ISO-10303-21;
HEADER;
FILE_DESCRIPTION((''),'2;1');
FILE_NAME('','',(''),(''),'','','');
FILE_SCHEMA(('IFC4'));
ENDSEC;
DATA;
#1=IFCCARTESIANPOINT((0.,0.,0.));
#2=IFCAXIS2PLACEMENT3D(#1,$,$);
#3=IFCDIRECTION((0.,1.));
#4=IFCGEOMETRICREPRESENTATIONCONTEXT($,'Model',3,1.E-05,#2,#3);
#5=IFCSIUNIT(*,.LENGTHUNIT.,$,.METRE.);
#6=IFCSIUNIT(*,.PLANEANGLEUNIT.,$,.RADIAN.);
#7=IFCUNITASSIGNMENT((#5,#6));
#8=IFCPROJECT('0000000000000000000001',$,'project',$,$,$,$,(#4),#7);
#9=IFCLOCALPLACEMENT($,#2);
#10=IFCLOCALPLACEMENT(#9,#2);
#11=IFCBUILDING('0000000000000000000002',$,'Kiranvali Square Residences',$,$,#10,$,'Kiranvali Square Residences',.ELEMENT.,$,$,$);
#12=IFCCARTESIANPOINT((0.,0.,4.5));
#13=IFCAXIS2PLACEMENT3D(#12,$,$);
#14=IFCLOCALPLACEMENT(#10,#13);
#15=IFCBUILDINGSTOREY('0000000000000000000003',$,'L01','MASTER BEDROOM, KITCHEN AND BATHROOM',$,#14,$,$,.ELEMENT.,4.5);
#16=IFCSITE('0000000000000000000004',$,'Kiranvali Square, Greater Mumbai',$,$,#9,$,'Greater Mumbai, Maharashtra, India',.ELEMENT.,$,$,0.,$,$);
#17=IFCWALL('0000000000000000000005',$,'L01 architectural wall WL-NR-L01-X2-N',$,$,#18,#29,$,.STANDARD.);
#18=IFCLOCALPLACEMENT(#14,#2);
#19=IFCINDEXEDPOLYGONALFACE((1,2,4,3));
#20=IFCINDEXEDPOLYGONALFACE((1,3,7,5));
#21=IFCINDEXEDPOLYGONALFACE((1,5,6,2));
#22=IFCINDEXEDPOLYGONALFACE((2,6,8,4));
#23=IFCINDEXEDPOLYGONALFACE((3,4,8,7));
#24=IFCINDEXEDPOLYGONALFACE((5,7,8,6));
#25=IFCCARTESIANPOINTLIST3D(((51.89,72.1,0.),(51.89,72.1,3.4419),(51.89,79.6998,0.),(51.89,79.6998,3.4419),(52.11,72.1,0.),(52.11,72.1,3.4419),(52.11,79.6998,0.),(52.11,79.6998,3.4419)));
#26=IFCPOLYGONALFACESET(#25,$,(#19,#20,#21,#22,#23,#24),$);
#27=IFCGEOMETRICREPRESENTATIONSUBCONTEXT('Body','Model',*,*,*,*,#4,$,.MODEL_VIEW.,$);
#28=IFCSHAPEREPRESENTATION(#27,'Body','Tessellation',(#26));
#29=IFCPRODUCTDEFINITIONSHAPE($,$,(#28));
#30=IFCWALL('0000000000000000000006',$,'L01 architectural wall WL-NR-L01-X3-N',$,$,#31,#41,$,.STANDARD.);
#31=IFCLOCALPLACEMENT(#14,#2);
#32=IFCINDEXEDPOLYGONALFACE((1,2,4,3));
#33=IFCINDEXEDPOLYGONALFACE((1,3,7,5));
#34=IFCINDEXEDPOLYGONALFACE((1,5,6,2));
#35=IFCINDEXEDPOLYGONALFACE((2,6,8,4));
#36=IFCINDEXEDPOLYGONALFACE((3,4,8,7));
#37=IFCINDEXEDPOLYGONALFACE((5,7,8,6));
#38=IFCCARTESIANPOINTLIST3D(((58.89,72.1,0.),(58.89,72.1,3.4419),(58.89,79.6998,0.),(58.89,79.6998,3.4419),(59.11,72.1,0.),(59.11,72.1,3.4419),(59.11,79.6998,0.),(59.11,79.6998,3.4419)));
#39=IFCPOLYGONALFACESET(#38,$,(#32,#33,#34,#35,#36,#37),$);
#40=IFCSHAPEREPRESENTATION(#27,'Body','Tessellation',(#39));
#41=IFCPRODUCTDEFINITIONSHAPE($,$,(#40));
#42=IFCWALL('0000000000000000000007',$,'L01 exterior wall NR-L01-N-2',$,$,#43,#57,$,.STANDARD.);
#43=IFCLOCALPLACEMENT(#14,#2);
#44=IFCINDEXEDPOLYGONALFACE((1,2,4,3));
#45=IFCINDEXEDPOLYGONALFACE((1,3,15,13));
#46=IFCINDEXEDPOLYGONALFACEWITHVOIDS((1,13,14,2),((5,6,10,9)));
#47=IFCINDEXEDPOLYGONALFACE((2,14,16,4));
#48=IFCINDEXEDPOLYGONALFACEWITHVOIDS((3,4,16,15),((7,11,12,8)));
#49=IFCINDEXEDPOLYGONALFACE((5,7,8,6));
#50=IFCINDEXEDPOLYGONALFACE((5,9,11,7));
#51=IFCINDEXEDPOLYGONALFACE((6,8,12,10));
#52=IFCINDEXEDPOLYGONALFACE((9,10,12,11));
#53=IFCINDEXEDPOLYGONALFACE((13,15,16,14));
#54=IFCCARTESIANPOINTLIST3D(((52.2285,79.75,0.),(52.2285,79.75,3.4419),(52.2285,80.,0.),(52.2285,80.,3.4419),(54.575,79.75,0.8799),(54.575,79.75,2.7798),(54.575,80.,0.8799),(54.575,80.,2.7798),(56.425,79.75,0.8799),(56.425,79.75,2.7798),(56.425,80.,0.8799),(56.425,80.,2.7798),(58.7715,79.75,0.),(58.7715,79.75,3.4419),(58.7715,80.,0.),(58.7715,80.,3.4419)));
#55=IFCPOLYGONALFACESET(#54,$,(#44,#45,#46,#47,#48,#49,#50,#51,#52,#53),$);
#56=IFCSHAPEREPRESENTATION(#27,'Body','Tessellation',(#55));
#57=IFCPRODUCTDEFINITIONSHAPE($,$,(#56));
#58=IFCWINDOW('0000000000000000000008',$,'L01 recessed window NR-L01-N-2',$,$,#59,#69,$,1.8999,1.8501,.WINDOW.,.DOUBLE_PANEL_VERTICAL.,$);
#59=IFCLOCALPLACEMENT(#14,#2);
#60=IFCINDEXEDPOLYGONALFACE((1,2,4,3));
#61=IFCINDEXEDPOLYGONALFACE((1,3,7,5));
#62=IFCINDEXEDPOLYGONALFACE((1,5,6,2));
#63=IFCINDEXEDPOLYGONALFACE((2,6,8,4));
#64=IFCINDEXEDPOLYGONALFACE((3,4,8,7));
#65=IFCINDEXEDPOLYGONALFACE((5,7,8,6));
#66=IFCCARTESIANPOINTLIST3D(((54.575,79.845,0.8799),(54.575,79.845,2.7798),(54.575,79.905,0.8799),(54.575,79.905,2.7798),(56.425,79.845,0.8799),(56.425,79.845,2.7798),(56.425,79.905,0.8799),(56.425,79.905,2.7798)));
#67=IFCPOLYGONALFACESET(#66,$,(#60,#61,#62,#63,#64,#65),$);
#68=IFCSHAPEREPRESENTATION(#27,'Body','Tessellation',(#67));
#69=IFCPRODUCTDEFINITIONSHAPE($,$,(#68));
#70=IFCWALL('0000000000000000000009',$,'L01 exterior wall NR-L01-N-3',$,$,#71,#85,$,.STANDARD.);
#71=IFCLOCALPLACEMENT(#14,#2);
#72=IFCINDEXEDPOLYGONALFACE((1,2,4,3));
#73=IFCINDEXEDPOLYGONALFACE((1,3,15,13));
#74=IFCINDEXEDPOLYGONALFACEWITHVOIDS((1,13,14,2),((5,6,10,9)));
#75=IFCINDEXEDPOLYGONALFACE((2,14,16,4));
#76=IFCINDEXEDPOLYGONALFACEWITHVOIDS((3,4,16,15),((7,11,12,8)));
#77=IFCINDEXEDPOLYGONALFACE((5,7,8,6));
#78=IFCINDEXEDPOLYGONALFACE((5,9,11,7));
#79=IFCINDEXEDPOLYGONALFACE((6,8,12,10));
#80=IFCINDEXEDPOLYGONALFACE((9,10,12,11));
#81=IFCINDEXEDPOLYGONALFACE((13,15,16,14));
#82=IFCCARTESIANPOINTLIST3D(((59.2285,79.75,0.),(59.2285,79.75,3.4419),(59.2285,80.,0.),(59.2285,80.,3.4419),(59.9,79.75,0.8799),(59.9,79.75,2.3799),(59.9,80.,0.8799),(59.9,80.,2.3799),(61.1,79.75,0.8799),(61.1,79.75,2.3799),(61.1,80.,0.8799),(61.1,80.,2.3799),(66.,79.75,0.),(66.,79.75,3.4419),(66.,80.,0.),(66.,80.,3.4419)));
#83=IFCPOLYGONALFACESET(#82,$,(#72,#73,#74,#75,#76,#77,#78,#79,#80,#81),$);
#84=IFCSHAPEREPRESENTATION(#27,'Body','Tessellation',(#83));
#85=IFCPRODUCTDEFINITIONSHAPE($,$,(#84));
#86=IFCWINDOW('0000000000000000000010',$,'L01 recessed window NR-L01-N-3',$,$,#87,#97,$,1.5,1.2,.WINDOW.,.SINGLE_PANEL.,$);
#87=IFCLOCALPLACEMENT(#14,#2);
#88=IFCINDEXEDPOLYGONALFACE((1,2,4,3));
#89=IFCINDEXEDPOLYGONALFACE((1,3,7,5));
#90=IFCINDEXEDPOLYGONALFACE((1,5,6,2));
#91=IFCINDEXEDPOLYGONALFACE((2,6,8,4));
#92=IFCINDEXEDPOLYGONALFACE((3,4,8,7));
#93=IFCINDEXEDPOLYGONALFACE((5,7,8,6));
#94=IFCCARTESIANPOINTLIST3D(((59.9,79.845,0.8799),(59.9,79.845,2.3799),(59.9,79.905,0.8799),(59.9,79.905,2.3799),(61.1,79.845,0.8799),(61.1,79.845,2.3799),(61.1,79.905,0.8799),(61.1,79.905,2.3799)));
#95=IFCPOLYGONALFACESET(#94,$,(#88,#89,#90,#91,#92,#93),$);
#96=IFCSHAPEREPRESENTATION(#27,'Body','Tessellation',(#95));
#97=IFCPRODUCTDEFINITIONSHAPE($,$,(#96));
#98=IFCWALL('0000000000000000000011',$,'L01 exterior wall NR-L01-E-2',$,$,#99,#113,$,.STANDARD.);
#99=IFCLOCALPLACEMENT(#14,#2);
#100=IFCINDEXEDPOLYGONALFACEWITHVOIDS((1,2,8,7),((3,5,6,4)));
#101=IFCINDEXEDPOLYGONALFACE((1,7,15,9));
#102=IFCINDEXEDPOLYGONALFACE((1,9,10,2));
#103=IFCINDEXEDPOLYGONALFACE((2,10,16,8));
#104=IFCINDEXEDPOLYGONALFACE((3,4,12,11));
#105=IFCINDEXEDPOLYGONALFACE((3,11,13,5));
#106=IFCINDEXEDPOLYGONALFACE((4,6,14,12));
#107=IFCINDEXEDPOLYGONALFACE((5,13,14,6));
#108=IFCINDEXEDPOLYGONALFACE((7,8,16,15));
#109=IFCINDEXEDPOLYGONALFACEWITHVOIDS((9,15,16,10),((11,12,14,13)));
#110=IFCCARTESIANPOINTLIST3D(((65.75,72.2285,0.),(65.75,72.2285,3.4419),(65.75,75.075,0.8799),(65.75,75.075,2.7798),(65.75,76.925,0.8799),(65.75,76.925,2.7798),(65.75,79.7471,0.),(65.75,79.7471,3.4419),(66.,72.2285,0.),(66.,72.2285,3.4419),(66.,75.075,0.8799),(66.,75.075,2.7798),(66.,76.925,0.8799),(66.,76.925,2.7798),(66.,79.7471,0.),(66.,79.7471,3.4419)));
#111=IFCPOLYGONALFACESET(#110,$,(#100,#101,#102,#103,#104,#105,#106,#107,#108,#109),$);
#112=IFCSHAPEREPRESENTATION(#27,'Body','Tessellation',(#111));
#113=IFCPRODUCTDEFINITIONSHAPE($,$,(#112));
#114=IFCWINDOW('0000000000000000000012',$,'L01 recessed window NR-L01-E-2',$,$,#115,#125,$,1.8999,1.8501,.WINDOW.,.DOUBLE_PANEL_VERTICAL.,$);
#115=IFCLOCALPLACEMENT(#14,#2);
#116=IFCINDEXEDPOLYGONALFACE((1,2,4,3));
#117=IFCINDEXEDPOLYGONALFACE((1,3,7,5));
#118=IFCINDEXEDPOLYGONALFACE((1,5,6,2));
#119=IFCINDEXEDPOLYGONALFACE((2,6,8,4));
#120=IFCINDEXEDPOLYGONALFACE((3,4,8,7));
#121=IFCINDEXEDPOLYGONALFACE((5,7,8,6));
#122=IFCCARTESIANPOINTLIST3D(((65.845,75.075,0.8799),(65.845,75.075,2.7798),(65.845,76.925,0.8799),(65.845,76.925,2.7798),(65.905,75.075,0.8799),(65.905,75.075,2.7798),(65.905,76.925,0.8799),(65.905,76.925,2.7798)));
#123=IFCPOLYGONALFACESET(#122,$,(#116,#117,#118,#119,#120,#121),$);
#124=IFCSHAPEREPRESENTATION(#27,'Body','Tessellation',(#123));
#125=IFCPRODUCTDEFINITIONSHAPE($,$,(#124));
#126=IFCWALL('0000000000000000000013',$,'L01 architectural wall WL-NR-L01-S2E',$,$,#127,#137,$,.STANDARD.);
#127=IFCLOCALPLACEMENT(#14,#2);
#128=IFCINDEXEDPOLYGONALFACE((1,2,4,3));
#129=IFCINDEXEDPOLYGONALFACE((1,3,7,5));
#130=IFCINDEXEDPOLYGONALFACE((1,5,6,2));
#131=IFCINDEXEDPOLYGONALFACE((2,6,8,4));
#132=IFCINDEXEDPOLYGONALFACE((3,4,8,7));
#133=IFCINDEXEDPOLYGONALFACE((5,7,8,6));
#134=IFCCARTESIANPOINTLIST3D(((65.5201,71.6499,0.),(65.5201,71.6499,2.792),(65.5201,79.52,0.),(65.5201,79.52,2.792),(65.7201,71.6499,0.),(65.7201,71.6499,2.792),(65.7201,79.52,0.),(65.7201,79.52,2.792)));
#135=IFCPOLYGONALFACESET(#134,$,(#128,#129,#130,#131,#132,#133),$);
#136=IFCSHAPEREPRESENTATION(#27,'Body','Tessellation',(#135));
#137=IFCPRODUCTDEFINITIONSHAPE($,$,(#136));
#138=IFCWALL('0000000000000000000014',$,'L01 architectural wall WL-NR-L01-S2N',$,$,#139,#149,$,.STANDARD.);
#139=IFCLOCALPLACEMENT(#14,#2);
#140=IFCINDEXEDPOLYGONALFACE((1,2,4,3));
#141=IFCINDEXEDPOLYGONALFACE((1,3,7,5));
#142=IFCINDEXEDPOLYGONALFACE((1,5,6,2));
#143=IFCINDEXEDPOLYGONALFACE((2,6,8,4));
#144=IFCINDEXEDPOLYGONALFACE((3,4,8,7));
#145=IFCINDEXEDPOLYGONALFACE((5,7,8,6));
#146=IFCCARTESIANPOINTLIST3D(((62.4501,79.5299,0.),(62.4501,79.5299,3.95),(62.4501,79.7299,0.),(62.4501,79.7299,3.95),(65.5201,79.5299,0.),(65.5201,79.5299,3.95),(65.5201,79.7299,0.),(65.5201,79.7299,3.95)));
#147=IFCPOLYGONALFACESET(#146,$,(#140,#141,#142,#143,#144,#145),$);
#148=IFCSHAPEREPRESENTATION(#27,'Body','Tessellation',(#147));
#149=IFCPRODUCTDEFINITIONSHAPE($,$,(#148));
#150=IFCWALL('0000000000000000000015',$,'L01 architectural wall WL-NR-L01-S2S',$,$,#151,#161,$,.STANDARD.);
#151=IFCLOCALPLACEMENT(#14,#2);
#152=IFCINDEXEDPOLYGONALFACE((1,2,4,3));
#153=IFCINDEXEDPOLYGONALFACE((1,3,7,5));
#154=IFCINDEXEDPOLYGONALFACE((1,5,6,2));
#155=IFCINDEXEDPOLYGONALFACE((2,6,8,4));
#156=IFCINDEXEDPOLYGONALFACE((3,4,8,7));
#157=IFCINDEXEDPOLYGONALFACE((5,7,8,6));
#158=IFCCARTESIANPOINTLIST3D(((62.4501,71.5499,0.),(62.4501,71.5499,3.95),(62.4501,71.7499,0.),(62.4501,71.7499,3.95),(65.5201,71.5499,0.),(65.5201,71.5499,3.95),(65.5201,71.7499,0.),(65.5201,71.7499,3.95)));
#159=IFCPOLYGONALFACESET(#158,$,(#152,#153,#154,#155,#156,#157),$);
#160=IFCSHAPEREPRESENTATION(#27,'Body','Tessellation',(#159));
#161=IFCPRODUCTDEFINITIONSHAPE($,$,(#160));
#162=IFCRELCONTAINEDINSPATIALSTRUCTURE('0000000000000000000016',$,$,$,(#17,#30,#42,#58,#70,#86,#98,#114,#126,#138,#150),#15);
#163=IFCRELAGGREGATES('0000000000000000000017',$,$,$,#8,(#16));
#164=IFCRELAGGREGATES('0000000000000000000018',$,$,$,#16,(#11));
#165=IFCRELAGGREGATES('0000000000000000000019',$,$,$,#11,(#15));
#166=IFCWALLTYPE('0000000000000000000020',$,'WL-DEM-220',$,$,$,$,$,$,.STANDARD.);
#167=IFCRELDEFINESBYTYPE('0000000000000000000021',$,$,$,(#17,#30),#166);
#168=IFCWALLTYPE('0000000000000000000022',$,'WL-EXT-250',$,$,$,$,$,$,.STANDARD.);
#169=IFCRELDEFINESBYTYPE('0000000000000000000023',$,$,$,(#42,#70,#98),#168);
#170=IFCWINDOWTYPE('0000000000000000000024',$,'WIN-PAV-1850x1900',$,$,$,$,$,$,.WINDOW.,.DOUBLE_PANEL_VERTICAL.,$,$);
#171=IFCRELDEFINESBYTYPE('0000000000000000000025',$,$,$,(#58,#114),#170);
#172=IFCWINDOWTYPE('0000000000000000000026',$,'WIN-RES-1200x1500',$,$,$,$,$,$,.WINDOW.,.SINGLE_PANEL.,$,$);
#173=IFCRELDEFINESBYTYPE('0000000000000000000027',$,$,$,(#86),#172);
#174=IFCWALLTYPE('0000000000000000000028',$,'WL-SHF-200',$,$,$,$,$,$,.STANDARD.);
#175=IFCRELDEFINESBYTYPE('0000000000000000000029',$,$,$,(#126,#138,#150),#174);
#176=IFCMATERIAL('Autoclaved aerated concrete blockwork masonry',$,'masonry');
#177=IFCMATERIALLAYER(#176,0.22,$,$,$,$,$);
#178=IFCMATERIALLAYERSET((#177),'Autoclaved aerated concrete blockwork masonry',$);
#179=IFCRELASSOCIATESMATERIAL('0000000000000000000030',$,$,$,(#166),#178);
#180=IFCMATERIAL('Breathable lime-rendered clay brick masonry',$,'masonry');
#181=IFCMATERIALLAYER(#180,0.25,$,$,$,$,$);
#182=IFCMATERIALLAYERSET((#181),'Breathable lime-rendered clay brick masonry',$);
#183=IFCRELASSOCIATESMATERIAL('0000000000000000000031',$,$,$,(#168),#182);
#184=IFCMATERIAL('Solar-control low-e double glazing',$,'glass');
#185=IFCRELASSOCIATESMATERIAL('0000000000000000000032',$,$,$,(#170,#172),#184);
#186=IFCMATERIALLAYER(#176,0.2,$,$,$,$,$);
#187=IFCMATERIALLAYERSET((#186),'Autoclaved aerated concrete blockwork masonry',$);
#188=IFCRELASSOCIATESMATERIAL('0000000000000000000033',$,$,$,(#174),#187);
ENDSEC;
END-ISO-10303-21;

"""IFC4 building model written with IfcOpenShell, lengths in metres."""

from ifc_helpers import new_model, si_unit, direction, frame, frame_2d, origin, place, context, subcontext, project, spatial, rectangle, extrude, material, layer, layer_set, type_object, element, fill, save


model = new_model("IFC4")

# Units and contexts
model_context = context("Model", 3, precision=1e-05, world=origin(), true_north=direction((0.0, 1.0)))
body_context = subcontext(model_context, "Body", "Model", "MODEL_VIEW")
ifc_project = project(units=[si_unit("LENGTHUNIT", "METRE"), si_unit("PLANEANGLEUNIT", "RADIAN")], contexts=[model_context])

# Site, building, storey
site_placement = place(None, origin())
site = spatial("IfcSite", under=ifc_project, at=site_placement, Name="Kiranvali Square, Greater Mumbai", LongName="Greater Mumbai, Maharashtra, India", CompositionType="ELEMENT", RefElevation=0.0)
building_placement = place(site_placement, origin())
building = spatial("IfcBuilding", under=site, at=building_placement, Name="Kiranvali Square Residences", LongName="Kiranvali Square Residences", CompositionType="ELEMENT")
storey_placement = place(building_placement, frame((0.0, 0.0, 4.5)))
storey = spatial("IfcBuildingStorey", under=building, at=storey_placement, Name="L01", Description="MASTER BEDROOM, KITCHEN AND BATHROOM", CompositionType="ELEMENT", Elevation=4.5)

# Shared definitions
ifc_material_1 = material(Name="Autoclaved aerated concrete blockwork masonry", Category="masonry")

# Walls
ifc_layer_1 = layer(ifc_material_1, 0.22)
ifc_layer_set_1 = layer_set([ifc_layer_1], Name="Autoclaved aerated concrete blockwork masonry")
wall_type_1 = type_object("IfcWallType", Name="WL-DEM-220", PredefinedType="STANDARD", material=ifc_layer_set_1)
for number, where, z_axis, x_axis, name in (
    (1, (52.0, 72.1001, 0.0), (0.0, 0.0, 1.0), (0.0, 1.0, 0.0), "L01 architectural wall WL-NR-L01-X2-N"),
    (2, (59.0, 72.1001, 0.0), (0.0, 0.0, 1.0), (0.0, 1.0, 0.0), "L01 architectural wall WL-NR-L01-X3-N"),
):
    element("IfcWall", number, at=place(storey_placement, frame(where, z_axis=z_axis, x_axis=x_axis)), inside=storey, type_object=wall_type_1, Name=name, PredefinedType="STANDARD", context=body_context, shape_type="SweptSolid", body=[
        extrude(rectangle(XDim=7.5999, YDim=0.22, at=frame_2d((3.7998, 0.0))), origin(), (0.0, 0.0, 1.0), 3.4419),
    ])

# Walls, openings, windows
ifc_material_2 = material(Name="Breathable lime-rendered clay brick masonry", Category="masonry")
ifc_layer_2 = layer(ifc_material_2, 0.25)
ifc_layer_set_2 = layer_set([ifc_layer_2], Name="Breathable lime-rendered clay brick masonry")
wall_type_2 = type_object("IfcWallType", Name="WL-EXT-250", PredefinedType="STANDARD", material=ifc_layer_set_2)
wall_1_placement = place(storey_placement, frame((52.2285, 79.875, 0.0), z_axis=(0.0, 0.0, 1.0), x_axis=(1.0, 0.0, 0.0)))
wall_1 = element("IfcWall", 3, at=wall_1_placement, inside=storey, type_object=wall_type_2, Name="L01 exterior wall NR-L01-N-2", PredefinedType="STANDARD", context=body_context, shape_type="SweptSolid", body=[
    extrude(rectangle(XDim=6.543, YDim=0.25, at=frame_2d((3.2715, 0.0))), origin(), (0.0, 0.0, 1.0), 3.4419),
])
opening_1_placement = place(wall_1_placement, frame((2.3464, 0.0, 0.8799)))
opening_1 = element("IfcOpeningElement", 4, at=opening_1_placement, cuts=wall_1, PredefinedType="OPENING", context=body_context, shape_type="SweptSolid", body=[
    extrude(rectangle(XDim=1.8501, YDim=1.8999, at=frame_2d((0.925, 0.95))), frame((0.0, 0.135, 0.0), z_axis=(0.0, -1.0, 0.0), x_axis=(1.0, 0.0, 0.0)), (0.0, 0.0, 1.0), 0.27),
])
ifc_material_3 = material(Name="Solar-control low-e double glazing", Category="glass")
window_type_1 = type_object("IfcWindowType", Name="WIN-PAV-1850x1900", PartitioningType="DOUBLE_PANEL_VERTICAL", PredefinedType="WINDOW", material=ifc_material_3)
window_1_placement = place(opening_1_placement, origin())
window_1 = element("IfcWindow", 5, at=window_1_placement, inside=storey, type_object=window_type_1, Name="L01 recessed window NR-L01-N-2", OverallHeight=1.8999, OverallWidth=1.8501, PartitioningType="DOUBLE_PANEL_VERTICAL", PredefinedType="WINDOW", context=body_context, shape_type="SweptSolid", body=[
    extrude(rectangle(XDim=1.8501, YDim=1.8999, at=frame_2d((0.925, 0.95))), frame((0.0, 0.03, 0.0), z_axis=(0.0, -1.0, 0.0), x_axis=(1.0, 0.0, 0.0)), (0.0, 0.0, 1.0), 0.0601),
])
fill(opening_1, window_1)
wall_2_placement = place(storey_placement, frame((59.2285, 79.875, 0.0), z_axis=(0.0, 0.0, 1.0), x_axis=(1.0, 0.0, 0.0)))
wall_2 = element("IfcWall", 6, at=wall_2_placement, inside=storey, type_object=wall_type_2, Name="L01 exterior wall NR-L01-N-3", PredefinedType="STANDARD", context=body_context, shape_type="SweptSolid", body=[
    extrude(rectangle(XDim=6.7715, YDim=0.25, at=frame_2d((3.3857, 0.0))), origin(), (0.0, 0.0, 1.0), 3.4419),
])
opening_2_placement = place(wall_2_placement, frame((0.6714, 0.0, 0.8799)))
opening_2 = element("IfcOpeningElement", 7, at=opening_2_placement, cuts=wall_2, PredefinedType="OPENING", context=body_context, shape_type="SweptSolid", body=[
    extrude(rectangle(XDim=1.2, YDim=1.5, at=frame_2d((0.6001, 0.75))), frame((0.0, 0.135, 0.0), z_axis=(0.0, -1.0, 0.0), x_axis=(1.0, 0.0, 0.0)), (0.0, 0.0, 1.0), 0.27),
])
window_type_2 = type_object("IfcWindowType", Name="WIN-RES-1200x1500", PartitioningType="SINGLE_PANEL", PredefinedType="WINDOW", material=ifc_material_3)
window_2_placement = place(opening_2_placement, origin())
window_2 = element("IfcWindow", 8, at=window_2_placement, inside=storey, type_object=window_type_2, Name="L01 recessed window NR-L01-N-3", OverallHeight=1.5, OverallWidth=1.2, PartitioningType="SINGLE_PANEL", PredefinedType="WINDOW", context=body_context, shape_type="SweptSolid", body=[
    extrude(rectangle(XDim=1.2, YDim=1.5, at=frame_2d((0.6001, 0.75))), frame((0.0, 0.03, 0.0), z_axis=(0.0, -1.0, 0.0), x_axis=(1.0, 0.0, 0.0)), (0.0, 0.0, 1.0), 0.0601),
])
fill(opening_2, window_2)
wall_3_placement = place(storey_placement, frame((65.875, 72.2285, 0.0), z_axis=(0.0, 0.0, 1.0), x_axis=(0.0, 1.0, 0.0)))
wall_3 = element("IfcWall", 9, at=wall_3_placement, inside=storey, type_object=wall_type_2, Name="L01 exterior wall NR-L01-E-2", PredefinedType="STANDARD", context=body_context, shape_type="SweptSolid", body=[
    extrude(rectangle(XDim=7.5186, YDim=0.25, at=frame_2d((3.7593, 0.0))), origin(), (0.0, 0.0, 1.0), 3.4419),
])
opening_3_placement = place(wall_3_placement, frame((2.8464, 0.0, 0.8799)))
opening_3 = element("IfcOpeningElement", 10, at=opening_3_placement, cuts=wall_3, PredefinedType="OPENING", context=body_context, shape_type="SweptSolid", body=[
    extrude(rectangle(XDim=1.8501, YDim=1.8999, at=frame_2d((0.925, 0.95))), frame((0.0, 0.135, 0.0), z_axis=(0.0, -1.0, 0.0), x_axis=(1.0, 0.0, 0.0)), (0.0, 0.0, 1.0), 0.27),
])
window_3_placement = place(opening_3_placement, origin())
window_3 = element("IfcWindow", 11, at=window_3_placement, inside=storey, type_object=window_type_1, Name="L01 recessed window NR-L01-E-2", OverallHeight=1.8999, OverallWidth=1.8501, PartitioningType="DOUBLE_PANEL_VERTICAL", PredefinedType="WINDOW", context=body_context, shape_type="SweptSolid", body=[
    extrude(rectangle(XDim=1.8501, YDim=1.8999, at=frame_2d((0.925, 0.95))), frame((0.0, 0.03, 0.0), z_axis=(0.0, -1.0, 0.0), x_axis=(1.0, 0.0, 0.0)), (0.0, 0.0, 1.0), 0.0601),
])
fill(opening_3, window_3)

# Walls
ifc_layer_3 = layer(ifc_material_1, 0.2)
ifc_layer_set_3 = layer_set([ifc_layer_3], Name="Autoclaved aerated concrete blockwork masonry")
wall_type_3 = type_object("IfcWallType", Name="WL-SHF-200", PredefinedType="STANDARD", material=ifc_layer_set_3)
wall_4_placement = place(storey_placement, frame((65.6201, 71.6499, 0.0), z_axis=(0.0, 0.0, 1.0), x_axis=(0.0, 1.0, 0.0)))
element("IfcWall", 12, at=wall_4_placement, inside=storey, type_object=wall_type_3, Name="L01 architectural wall WL-NR-L01-S2E", PredefinedType="STANDARD", context=body_context, shape_type="SweptSolid", body=[
    extrude(rectangle(XDim=7.8701, YDim=0.2, at=frame_2d((3.9351, 0.0))), origin(), (0.0, 0.0, 1.0), 2.792),
])
for number, where, z_axis, x_axis, name in (
    (13, (62.45, 79.6299, 0.0), (0.0, 0.0, 1.0), (1.0, 0.0, 0.0), "L01 architectural wall WL-NR-L01-S2N"),
    (14, (62.45, 71.6499, 0.0), (0.0, 0.0, 1.0), (1.0, 0.0, 0.0), "L01 architectural wall WL-NR-L01-S2S"),
):
    element("IfcWall", number, at=place(storey_placement, frame(where, z_axis=z_axis, x_axis=x_axis)), inside=storey, type_object=wall_type_3, Name=name, PredefinedType="STANDARD", context=body_context, shape_type="SweptSolid", body=[
        extrude(rectangle(XDim=3.0701, YDim=0.2, at=frame_2d((1.5352, 0.0))), origin(), (0.0, 0.0, 1.0), 3.95),
    ])

save(model, "model.ifc")
